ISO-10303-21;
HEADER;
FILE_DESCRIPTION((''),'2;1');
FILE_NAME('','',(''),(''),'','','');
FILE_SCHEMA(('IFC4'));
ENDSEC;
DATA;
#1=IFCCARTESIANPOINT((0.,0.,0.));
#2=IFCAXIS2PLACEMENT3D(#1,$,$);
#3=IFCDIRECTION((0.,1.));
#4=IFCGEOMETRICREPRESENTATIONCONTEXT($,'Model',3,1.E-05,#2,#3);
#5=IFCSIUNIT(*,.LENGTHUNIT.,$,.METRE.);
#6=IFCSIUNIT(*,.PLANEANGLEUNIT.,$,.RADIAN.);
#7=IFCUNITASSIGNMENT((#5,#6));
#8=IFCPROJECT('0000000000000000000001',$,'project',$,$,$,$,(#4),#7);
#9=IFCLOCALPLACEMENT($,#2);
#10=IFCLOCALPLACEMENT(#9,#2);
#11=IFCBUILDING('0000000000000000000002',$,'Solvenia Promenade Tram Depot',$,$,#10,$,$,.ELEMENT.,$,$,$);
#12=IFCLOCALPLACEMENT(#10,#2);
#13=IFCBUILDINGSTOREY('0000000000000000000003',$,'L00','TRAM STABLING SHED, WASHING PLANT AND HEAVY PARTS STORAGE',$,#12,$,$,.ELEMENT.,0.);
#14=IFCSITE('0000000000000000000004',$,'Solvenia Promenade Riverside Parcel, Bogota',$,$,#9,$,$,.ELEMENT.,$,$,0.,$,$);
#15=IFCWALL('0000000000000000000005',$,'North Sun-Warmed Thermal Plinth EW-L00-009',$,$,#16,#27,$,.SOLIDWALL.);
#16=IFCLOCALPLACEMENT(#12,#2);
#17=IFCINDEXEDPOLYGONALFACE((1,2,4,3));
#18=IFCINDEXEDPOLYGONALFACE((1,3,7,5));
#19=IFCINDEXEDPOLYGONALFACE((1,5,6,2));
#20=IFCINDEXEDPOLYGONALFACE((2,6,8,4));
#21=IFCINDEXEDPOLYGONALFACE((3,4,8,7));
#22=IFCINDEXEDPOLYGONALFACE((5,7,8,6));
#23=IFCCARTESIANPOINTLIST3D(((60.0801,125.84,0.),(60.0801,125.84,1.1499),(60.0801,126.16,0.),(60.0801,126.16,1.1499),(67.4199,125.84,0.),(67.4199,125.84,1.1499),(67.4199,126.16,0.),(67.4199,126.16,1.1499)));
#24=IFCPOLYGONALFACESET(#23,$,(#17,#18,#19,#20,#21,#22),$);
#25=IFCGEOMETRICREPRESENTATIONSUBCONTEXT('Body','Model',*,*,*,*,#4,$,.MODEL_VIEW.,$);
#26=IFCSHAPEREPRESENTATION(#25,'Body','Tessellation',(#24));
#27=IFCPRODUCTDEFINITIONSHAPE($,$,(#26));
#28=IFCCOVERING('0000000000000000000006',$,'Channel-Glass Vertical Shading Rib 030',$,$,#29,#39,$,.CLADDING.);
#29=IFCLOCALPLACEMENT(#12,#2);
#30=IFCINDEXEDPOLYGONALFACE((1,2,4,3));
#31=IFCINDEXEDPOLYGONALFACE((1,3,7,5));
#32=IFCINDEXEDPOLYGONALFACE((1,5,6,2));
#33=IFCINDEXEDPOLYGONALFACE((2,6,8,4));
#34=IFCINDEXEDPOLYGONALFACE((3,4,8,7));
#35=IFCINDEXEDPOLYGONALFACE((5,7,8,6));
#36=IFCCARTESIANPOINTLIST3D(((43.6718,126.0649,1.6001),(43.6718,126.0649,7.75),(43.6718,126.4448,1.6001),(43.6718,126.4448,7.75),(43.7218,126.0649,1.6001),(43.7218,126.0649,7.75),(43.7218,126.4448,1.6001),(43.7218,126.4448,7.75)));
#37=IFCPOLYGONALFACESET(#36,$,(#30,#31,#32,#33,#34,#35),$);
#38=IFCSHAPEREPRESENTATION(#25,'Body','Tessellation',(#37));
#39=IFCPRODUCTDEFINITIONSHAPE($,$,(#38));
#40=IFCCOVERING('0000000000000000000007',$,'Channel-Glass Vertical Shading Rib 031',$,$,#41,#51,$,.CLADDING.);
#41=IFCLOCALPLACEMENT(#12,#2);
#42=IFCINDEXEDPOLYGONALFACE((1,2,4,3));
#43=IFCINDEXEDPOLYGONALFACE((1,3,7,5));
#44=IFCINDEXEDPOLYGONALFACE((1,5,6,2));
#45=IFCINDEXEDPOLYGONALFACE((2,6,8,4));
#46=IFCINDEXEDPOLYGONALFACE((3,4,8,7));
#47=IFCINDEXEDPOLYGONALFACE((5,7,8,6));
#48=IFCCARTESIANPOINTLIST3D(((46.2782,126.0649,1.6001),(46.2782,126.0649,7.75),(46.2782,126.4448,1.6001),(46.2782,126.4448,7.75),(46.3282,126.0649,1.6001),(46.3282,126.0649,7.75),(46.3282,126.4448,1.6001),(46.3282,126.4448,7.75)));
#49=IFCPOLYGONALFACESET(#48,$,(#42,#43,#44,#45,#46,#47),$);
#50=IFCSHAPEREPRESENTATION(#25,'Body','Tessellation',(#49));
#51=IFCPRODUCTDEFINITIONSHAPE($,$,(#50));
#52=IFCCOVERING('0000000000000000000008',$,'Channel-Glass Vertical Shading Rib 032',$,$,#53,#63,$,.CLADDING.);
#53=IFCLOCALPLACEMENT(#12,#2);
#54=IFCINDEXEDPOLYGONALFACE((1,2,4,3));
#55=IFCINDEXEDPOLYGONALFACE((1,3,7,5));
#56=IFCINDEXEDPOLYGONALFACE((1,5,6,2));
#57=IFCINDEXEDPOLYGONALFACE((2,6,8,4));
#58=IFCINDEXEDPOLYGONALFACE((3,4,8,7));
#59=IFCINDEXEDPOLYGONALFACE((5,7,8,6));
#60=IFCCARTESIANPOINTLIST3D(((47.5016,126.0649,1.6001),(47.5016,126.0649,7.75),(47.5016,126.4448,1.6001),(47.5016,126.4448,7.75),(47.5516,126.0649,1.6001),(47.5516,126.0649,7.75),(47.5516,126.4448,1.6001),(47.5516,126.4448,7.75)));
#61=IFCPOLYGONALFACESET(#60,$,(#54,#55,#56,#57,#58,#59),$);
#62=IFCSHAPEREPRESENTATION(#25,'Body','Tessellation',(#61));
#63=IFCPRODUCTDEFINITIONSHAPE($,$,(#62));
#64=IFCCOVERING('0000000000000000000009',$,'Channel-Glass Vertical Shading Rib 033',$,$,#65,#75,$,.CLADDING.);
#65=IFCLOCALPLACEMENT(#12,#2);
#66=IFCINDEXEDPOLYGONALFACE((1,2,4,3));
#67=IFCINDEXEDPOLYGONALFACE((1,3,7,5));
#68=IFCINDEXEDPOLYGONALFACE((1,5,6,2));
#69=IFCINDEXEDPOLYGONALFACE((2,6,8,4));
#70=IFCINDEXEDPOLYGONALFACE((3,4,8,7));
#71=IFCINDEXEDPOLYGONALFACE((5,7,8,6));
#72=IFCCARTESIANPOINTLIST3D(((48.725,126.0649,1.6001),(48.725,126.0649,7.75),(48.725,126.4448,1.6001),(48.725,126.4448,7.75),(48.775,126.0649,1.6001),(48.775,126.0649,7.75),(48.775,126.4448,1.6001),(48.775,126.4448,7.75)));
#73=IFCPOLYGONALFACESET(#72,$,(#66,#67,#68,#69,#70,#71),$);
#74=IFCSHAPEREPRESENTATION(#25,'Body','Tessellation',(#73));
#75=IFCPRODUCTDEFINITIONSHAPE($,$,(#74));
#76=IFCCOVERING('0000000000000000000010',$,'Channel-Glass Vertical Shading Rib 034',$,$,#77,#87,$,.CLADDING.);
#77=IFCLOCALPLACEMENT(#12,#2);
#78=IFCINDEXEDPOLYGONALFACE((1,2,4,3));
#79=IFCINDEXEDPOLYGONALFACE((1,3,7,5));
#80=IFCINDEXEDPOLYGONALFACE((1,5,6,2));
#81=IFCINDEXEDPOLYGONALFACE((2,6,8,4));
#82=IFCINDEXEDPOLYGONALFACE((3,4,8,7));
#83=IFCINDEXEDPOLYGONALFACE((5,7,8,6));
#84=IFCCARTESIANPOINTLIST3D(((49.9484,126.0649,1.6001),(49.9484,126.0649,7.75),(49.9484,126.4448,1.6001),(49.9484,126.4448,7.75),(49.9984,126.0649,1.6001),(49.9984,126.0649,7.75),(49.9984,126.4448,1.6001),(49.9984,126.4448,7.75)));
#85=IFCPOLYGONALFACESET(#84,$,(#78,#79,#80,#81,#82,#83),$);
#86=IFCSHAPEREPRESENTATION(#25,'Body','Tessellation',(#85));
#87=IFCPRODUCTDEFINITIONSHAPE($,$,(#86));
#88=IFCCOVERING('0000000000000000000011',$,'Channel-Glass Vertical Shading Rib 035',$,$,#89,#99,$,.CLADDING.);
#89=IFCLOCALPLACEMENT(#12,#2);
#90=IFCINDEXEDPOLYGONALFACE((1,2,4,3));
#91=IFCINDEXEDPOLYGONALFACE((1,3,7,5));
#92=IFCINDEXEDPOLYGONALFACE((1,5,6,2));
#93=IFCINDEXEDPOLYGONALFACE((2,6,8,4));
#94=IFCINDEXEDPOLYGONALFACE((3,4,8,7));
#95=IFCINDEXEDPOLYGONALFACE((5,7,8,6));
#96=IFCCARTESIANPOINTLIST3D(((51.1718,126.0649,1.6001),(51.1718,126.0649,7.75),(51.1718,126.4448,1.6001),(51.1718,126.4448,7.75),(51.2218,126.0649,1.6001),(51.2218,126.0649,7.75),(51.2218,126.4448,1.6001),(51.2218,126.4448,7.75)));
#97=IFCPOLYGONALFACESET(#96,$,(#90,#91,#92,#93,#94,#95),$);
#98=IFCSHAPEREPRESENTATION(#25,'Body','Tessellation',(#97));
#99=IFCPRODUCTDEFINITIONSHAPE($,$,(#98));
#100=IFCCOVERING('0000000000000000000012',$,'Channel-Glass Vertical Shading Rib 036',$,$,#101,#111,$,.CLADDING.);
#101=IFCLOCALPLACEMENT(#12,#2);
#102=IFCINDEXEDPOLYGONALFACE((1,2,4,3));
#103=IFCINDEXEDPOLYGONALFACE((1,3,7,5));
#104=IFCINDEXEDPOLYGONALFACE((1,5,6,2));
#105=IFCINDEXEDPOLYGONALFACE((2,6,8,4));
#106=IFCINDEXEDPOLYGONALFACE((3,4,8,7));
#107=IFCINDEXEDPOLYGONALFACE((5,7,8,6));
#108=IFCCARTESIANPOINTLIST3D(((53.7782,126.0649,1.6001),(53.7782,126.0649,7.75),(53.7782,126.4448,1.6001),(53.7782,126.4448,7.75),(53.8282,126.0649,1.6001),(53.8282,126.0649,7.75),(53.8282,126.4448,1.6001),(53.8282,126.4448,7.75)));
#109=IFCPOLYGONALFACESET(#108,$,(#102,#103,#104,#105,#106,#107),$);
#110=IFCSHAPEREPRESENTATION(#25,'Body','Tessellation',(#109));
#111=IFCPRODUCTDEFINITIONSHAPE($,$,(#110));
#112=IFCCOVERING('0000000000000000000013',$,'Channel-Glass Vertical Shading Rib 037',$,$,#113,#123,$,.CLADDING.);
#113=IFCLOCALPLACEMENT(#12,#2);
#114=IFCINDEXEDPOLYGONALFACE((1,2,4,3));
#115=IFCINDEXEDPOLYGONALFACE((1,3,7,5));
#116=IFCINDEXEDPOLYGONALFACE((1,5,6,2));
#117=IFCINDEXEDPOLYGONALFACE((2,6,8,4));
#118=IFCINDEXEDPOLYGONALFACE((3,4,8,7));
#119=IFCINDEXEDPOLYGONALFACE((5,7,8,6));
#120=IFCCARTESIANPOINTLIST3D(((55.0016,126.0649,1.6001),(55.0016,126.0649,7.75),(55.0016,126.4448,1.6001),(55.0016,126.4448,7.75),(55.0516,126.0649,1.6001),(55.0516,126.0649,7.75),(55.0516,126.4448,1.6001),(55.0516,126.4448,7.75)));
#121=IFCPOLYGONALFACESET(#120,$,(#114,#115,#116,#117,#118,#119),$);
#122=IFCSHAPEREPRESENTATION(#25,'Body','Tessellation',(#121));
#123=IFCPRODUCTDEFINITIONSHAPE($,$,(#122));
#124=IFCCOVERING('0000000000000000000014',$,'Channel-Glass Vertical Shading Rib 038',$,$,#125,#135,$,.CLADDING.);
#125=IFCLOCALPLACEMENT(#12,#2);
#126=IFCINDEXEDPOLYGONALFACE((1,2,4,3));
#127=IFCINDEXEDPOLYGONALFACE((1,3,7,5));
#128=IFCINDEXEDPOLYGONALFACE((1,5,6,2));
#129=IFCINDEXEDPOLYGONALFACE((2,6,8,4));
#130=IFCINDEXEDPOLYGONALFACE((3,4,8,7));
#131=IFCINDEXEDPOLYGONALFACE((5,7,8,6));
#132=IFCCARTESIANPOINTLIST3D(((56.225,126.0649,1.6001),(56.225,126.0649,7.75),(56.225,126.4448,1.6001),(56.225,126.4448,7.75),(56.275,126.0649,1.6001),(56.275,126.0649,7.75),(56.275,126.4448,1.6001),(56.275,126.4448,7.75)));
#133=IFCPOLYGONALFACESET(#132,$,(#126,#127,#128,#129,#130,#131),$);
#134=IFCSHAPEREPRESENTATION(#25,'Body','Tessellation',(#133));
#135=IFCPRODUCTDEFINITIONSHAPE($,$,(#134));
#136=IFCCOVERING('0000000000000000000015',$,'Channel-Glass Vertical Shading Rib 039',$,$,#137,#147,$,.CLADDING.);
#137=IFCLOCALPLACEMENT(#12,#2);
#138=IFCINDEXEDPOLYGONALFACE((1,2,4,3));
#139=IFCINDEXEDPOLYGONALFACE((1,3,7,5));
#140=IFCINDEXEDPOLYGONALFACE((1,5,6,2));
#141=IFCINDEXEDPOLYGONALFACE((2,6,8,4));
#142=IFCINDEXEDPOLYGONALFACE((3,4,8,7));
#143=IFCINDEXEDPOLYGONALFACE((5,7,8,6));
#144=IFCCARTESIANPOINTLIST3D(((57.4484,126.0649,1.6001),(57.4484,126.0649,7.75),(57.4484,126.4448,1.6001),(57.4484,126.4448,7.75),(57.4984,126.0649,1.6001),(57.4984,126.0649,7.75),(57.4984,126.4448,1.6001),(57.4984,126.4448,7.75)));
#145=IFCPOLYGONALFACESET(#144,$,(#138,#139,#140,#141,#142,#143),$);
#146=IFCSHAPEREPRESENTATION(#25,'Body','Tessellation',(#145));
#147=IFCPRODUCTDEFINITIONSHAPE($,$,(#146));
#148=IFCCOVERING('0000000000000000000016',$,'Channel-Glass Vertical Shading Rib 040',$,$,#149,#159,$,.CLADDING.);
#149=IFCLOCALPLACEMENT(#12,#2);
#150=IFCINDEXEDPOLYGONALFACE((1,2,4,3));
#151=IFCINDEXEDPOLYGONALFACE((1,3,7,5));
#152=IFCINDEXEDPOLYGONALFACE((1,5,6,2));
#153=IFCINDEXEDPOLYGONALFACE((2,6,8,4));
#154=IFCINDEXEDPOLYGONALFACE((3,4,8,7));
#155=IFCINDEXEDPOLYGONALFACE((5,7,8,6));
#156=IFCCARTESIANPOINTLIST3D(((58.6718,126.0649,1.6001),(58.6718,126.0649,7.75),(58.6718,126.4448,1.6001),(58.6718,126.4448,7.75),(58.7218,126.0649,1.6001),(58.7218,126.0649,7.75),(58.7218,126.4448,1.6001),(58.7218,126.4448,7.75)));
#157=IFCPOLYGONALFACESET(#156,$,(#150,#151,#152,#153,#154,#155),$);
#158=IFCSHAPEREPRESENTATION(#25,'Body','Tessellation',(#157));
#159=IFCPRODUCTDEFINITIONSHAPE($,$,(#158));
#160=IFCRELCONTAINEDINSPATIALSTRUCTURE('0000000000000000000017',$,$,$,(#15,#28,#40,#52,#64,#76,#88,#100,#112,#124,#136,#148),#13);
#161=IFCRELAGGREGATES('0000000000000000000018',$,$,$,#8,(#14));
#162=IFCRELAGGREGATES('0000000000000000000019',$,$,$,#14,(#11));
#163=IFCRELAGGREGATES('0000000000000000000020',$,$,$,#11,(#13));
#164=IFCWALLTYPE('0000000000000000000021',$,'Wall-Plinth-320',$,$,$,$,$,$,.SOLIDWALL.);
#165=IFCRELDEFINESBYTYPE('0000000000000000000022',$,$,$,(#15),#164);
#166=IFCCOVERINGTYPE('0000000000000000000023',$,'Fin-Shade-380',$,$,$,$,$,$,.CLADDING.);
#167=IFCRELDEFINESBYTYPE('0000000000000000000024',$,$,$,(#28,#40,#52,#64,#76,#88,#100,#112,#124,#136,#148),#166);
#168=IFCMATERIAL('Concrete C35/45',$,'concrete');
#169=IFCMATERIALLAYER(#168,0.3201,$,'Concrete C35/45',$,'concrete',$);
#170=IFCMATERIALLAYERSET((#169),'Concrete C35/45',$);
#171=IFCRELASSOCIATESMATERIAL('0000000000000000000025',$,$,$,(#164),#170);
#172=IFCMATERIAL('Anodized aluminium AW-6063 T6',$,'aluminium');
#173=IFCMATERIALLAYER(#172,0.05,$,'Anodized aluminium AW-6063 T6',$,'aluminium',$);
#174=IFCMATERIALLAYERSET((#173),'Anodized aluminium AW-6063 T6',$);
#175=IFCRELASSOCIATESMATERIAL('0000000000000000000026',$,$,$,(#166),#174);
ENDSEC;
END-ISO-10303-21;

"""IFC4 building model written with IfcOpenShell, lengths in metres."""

from ifc_helpers import new_model, si_unit, direction, frame, frame_2d, origin, origin_2d, place, context, subcontext, project, spatial, rectangle, extrude, material, layer, layer_set, type_object, element, save


model = new_model("IFC4")

# Units and contexts
model_context = context("Model", 3, precision=1e-05, world=origin(), true_north=direction((0.0, 1.0)))
body_context = subcontext(model_context, "Body", "Model", "MODEL_VIEW")
ifc_project = project(units=[si_unit("LENGTHUNIT", "METRE"), si_unit("PLANEANGLEUNIT", "RADIAN")], contexts=[model_context])

# Site, building, storey
site_placement = place(None, origin())
site = spatial("IfcSite", under=ifc_project, at=site_placement, Name="Solvenia Promenade Riverside Parcel, Bogota", CompositionType="ELEMENT", RefElevation=0.0)
building_placement = place(site_placement, origin())
building = spatial("IfcBuilding", under=site, at=building_placement, Name="Solvenia Promenade Tram Depot", CompositionType="ELEMENT")
storey_placement = place(building_placement, origin())
storey = spatial("IfcBuildingStorey", under=building, at=storey_placement, Name="L00", Description="TRAM STABLING SHED, WASHING PLANT AND HEAVY PARTS STORAGE", CompositionType="ELEMENT", Elevation=0.0)

# Shared definitions
ifc_material_1 = material(Name="Anodized aluminium AW-6063 T6", Category="aluminium")

# Wall
ifc_material_2 = material(Name="Concrete C35/45", Category="concrete")
ifc_layer_1 = layer(ifc_material_2, 0.3201, Name="Concrete C35/45", Category="concrete")
ifc_layer_set_1 = layer_set([ifc_layer_1], Name="Concrete C35/45")
wall_type = type_object("IfcWallType", Name="Wall-Plinth-320", PredefinedType="SOLIDWALL", material=ifc_layer_set_1)
wall_placement = place(storey_placement, frame((60.0801, 126.0, 0.0), z_axis=(0.0, 0.0, 1.0), x_axis=(1.0, 0.0, 0.0)))
element("IfcWall", 1, at=wall_placement, inside=storey, type_object=wall_type, Name="North Sun-Warmed Thermal Plinth EW-L00-009", PredefinedType="SOLIDWALL", context=body_context, shape_type="SweptSolid", body=[
    extrude(rectangle(XDim=7.3398, YDim=0.3201, at=frame_2d((3.6699, 0.0))), origin(), (0.0, 0.0, 1.0), 1.1499),
])

# Coverings
ifc_layer_2 = layer(ifc_material_1, 0.05, Name="Anodized aluminium AW-6063 T6", Category="aluminium")
ifc_layer_set_2 = layer_set([ifc_layer_2], Name="Anodized aluminium AW-6063 T6")
covering_type = type_object("IfcCoveringType", Name="Fin-Shade-380", PredefinedType="CLADDING", material=ifc_layer_set_2)
for number, where, z_axis, x_axis, name in (
    (2, (43.6968, 126.2549, 1.6001), (0.0, 0.0, 1.0), (1.0, 0.0, 0.0), "Channel-Glass Vertical Shading Rib 030"),
    (3, (46.3032, 126.2549, 1.6001), (0.0, 0.0, 1.0), (1.0, 0.0, 0.0), "Channel-Glass Vertical Shading Rib 031"),
    (4, (47.5266, 126.2549, 1.6001), (0.0, 0.0, 1.0), (1.0, 0.0, 0.0), "Channel-Glass Vertical Shading Rib 032"),
    (5, (48.75, 126.2549, 1.6001), (0.0, 0.0, 1.0), (1.0, 0.0, 0.0), "Channel-Glass Vertical Shading Rib 033"),
    (6, (49.9734, 126.2549, 1.6001), (0.0, 0.0, 1.0), (1.0, 0.0, 0.0), "Channel-Glass Vertical Shading Rib 034"),
    (7, (51.1968, 126.2549, 1.6001), (0.0, 0.0, 1.0), (1.0, 0.0, 0.0), "Channel-Glass Vertical Shading Rib 035"),
    (8, (53.8032, 126.2549, 1.6001), (0.0, 0.0, 1.0), (1.0, 0.0, 0.0), "Channel-Glass Vertical Shading Rib 036"),
    (9, (55.0266, 126.2549, 1.6001), (0.0, 0.0, 1.0), (1.0, 0.0, 0.0), "Channel-Glass Vertical Shading Rib 037"),
    (10, (56.25, 126.2549, 1.6001), (0.0, 0.0, 1.0), (1.0, 0.0, 0.0), "Channel-Glass Vertical Shading Rib 038"),
    (11, (57.4734, 126.2549, 1.6001), (0.0, 0.0, 1.0), (1.0, 0.0, 0.0), "Channel-Glass Vertical Shading Rib 039"),
    (12, (58.6968, 126.2549, 1.6001), (0.0, 0.0, 1.0), (1.0, 0.0, 0.0), "Channel-Glass Vertical Shading Rib 040"),
):
    element("IfcCovering", number, at=place(storey_placement, frame(where, z_axis=z_axis, x_axis=x_axis)), inside=storey, type_object=covering_type, Name=name, PredefinedType="CLADDING", context=body_context, shape_type="SweptSolid", body=[
        extrude(rectangle(XDim=0.05, YDim=0.3799, at=origin_2d()), origin(), (0.0, 0.0, 1.0), 6.1499),
    ])

save(model, "model.ifc")
